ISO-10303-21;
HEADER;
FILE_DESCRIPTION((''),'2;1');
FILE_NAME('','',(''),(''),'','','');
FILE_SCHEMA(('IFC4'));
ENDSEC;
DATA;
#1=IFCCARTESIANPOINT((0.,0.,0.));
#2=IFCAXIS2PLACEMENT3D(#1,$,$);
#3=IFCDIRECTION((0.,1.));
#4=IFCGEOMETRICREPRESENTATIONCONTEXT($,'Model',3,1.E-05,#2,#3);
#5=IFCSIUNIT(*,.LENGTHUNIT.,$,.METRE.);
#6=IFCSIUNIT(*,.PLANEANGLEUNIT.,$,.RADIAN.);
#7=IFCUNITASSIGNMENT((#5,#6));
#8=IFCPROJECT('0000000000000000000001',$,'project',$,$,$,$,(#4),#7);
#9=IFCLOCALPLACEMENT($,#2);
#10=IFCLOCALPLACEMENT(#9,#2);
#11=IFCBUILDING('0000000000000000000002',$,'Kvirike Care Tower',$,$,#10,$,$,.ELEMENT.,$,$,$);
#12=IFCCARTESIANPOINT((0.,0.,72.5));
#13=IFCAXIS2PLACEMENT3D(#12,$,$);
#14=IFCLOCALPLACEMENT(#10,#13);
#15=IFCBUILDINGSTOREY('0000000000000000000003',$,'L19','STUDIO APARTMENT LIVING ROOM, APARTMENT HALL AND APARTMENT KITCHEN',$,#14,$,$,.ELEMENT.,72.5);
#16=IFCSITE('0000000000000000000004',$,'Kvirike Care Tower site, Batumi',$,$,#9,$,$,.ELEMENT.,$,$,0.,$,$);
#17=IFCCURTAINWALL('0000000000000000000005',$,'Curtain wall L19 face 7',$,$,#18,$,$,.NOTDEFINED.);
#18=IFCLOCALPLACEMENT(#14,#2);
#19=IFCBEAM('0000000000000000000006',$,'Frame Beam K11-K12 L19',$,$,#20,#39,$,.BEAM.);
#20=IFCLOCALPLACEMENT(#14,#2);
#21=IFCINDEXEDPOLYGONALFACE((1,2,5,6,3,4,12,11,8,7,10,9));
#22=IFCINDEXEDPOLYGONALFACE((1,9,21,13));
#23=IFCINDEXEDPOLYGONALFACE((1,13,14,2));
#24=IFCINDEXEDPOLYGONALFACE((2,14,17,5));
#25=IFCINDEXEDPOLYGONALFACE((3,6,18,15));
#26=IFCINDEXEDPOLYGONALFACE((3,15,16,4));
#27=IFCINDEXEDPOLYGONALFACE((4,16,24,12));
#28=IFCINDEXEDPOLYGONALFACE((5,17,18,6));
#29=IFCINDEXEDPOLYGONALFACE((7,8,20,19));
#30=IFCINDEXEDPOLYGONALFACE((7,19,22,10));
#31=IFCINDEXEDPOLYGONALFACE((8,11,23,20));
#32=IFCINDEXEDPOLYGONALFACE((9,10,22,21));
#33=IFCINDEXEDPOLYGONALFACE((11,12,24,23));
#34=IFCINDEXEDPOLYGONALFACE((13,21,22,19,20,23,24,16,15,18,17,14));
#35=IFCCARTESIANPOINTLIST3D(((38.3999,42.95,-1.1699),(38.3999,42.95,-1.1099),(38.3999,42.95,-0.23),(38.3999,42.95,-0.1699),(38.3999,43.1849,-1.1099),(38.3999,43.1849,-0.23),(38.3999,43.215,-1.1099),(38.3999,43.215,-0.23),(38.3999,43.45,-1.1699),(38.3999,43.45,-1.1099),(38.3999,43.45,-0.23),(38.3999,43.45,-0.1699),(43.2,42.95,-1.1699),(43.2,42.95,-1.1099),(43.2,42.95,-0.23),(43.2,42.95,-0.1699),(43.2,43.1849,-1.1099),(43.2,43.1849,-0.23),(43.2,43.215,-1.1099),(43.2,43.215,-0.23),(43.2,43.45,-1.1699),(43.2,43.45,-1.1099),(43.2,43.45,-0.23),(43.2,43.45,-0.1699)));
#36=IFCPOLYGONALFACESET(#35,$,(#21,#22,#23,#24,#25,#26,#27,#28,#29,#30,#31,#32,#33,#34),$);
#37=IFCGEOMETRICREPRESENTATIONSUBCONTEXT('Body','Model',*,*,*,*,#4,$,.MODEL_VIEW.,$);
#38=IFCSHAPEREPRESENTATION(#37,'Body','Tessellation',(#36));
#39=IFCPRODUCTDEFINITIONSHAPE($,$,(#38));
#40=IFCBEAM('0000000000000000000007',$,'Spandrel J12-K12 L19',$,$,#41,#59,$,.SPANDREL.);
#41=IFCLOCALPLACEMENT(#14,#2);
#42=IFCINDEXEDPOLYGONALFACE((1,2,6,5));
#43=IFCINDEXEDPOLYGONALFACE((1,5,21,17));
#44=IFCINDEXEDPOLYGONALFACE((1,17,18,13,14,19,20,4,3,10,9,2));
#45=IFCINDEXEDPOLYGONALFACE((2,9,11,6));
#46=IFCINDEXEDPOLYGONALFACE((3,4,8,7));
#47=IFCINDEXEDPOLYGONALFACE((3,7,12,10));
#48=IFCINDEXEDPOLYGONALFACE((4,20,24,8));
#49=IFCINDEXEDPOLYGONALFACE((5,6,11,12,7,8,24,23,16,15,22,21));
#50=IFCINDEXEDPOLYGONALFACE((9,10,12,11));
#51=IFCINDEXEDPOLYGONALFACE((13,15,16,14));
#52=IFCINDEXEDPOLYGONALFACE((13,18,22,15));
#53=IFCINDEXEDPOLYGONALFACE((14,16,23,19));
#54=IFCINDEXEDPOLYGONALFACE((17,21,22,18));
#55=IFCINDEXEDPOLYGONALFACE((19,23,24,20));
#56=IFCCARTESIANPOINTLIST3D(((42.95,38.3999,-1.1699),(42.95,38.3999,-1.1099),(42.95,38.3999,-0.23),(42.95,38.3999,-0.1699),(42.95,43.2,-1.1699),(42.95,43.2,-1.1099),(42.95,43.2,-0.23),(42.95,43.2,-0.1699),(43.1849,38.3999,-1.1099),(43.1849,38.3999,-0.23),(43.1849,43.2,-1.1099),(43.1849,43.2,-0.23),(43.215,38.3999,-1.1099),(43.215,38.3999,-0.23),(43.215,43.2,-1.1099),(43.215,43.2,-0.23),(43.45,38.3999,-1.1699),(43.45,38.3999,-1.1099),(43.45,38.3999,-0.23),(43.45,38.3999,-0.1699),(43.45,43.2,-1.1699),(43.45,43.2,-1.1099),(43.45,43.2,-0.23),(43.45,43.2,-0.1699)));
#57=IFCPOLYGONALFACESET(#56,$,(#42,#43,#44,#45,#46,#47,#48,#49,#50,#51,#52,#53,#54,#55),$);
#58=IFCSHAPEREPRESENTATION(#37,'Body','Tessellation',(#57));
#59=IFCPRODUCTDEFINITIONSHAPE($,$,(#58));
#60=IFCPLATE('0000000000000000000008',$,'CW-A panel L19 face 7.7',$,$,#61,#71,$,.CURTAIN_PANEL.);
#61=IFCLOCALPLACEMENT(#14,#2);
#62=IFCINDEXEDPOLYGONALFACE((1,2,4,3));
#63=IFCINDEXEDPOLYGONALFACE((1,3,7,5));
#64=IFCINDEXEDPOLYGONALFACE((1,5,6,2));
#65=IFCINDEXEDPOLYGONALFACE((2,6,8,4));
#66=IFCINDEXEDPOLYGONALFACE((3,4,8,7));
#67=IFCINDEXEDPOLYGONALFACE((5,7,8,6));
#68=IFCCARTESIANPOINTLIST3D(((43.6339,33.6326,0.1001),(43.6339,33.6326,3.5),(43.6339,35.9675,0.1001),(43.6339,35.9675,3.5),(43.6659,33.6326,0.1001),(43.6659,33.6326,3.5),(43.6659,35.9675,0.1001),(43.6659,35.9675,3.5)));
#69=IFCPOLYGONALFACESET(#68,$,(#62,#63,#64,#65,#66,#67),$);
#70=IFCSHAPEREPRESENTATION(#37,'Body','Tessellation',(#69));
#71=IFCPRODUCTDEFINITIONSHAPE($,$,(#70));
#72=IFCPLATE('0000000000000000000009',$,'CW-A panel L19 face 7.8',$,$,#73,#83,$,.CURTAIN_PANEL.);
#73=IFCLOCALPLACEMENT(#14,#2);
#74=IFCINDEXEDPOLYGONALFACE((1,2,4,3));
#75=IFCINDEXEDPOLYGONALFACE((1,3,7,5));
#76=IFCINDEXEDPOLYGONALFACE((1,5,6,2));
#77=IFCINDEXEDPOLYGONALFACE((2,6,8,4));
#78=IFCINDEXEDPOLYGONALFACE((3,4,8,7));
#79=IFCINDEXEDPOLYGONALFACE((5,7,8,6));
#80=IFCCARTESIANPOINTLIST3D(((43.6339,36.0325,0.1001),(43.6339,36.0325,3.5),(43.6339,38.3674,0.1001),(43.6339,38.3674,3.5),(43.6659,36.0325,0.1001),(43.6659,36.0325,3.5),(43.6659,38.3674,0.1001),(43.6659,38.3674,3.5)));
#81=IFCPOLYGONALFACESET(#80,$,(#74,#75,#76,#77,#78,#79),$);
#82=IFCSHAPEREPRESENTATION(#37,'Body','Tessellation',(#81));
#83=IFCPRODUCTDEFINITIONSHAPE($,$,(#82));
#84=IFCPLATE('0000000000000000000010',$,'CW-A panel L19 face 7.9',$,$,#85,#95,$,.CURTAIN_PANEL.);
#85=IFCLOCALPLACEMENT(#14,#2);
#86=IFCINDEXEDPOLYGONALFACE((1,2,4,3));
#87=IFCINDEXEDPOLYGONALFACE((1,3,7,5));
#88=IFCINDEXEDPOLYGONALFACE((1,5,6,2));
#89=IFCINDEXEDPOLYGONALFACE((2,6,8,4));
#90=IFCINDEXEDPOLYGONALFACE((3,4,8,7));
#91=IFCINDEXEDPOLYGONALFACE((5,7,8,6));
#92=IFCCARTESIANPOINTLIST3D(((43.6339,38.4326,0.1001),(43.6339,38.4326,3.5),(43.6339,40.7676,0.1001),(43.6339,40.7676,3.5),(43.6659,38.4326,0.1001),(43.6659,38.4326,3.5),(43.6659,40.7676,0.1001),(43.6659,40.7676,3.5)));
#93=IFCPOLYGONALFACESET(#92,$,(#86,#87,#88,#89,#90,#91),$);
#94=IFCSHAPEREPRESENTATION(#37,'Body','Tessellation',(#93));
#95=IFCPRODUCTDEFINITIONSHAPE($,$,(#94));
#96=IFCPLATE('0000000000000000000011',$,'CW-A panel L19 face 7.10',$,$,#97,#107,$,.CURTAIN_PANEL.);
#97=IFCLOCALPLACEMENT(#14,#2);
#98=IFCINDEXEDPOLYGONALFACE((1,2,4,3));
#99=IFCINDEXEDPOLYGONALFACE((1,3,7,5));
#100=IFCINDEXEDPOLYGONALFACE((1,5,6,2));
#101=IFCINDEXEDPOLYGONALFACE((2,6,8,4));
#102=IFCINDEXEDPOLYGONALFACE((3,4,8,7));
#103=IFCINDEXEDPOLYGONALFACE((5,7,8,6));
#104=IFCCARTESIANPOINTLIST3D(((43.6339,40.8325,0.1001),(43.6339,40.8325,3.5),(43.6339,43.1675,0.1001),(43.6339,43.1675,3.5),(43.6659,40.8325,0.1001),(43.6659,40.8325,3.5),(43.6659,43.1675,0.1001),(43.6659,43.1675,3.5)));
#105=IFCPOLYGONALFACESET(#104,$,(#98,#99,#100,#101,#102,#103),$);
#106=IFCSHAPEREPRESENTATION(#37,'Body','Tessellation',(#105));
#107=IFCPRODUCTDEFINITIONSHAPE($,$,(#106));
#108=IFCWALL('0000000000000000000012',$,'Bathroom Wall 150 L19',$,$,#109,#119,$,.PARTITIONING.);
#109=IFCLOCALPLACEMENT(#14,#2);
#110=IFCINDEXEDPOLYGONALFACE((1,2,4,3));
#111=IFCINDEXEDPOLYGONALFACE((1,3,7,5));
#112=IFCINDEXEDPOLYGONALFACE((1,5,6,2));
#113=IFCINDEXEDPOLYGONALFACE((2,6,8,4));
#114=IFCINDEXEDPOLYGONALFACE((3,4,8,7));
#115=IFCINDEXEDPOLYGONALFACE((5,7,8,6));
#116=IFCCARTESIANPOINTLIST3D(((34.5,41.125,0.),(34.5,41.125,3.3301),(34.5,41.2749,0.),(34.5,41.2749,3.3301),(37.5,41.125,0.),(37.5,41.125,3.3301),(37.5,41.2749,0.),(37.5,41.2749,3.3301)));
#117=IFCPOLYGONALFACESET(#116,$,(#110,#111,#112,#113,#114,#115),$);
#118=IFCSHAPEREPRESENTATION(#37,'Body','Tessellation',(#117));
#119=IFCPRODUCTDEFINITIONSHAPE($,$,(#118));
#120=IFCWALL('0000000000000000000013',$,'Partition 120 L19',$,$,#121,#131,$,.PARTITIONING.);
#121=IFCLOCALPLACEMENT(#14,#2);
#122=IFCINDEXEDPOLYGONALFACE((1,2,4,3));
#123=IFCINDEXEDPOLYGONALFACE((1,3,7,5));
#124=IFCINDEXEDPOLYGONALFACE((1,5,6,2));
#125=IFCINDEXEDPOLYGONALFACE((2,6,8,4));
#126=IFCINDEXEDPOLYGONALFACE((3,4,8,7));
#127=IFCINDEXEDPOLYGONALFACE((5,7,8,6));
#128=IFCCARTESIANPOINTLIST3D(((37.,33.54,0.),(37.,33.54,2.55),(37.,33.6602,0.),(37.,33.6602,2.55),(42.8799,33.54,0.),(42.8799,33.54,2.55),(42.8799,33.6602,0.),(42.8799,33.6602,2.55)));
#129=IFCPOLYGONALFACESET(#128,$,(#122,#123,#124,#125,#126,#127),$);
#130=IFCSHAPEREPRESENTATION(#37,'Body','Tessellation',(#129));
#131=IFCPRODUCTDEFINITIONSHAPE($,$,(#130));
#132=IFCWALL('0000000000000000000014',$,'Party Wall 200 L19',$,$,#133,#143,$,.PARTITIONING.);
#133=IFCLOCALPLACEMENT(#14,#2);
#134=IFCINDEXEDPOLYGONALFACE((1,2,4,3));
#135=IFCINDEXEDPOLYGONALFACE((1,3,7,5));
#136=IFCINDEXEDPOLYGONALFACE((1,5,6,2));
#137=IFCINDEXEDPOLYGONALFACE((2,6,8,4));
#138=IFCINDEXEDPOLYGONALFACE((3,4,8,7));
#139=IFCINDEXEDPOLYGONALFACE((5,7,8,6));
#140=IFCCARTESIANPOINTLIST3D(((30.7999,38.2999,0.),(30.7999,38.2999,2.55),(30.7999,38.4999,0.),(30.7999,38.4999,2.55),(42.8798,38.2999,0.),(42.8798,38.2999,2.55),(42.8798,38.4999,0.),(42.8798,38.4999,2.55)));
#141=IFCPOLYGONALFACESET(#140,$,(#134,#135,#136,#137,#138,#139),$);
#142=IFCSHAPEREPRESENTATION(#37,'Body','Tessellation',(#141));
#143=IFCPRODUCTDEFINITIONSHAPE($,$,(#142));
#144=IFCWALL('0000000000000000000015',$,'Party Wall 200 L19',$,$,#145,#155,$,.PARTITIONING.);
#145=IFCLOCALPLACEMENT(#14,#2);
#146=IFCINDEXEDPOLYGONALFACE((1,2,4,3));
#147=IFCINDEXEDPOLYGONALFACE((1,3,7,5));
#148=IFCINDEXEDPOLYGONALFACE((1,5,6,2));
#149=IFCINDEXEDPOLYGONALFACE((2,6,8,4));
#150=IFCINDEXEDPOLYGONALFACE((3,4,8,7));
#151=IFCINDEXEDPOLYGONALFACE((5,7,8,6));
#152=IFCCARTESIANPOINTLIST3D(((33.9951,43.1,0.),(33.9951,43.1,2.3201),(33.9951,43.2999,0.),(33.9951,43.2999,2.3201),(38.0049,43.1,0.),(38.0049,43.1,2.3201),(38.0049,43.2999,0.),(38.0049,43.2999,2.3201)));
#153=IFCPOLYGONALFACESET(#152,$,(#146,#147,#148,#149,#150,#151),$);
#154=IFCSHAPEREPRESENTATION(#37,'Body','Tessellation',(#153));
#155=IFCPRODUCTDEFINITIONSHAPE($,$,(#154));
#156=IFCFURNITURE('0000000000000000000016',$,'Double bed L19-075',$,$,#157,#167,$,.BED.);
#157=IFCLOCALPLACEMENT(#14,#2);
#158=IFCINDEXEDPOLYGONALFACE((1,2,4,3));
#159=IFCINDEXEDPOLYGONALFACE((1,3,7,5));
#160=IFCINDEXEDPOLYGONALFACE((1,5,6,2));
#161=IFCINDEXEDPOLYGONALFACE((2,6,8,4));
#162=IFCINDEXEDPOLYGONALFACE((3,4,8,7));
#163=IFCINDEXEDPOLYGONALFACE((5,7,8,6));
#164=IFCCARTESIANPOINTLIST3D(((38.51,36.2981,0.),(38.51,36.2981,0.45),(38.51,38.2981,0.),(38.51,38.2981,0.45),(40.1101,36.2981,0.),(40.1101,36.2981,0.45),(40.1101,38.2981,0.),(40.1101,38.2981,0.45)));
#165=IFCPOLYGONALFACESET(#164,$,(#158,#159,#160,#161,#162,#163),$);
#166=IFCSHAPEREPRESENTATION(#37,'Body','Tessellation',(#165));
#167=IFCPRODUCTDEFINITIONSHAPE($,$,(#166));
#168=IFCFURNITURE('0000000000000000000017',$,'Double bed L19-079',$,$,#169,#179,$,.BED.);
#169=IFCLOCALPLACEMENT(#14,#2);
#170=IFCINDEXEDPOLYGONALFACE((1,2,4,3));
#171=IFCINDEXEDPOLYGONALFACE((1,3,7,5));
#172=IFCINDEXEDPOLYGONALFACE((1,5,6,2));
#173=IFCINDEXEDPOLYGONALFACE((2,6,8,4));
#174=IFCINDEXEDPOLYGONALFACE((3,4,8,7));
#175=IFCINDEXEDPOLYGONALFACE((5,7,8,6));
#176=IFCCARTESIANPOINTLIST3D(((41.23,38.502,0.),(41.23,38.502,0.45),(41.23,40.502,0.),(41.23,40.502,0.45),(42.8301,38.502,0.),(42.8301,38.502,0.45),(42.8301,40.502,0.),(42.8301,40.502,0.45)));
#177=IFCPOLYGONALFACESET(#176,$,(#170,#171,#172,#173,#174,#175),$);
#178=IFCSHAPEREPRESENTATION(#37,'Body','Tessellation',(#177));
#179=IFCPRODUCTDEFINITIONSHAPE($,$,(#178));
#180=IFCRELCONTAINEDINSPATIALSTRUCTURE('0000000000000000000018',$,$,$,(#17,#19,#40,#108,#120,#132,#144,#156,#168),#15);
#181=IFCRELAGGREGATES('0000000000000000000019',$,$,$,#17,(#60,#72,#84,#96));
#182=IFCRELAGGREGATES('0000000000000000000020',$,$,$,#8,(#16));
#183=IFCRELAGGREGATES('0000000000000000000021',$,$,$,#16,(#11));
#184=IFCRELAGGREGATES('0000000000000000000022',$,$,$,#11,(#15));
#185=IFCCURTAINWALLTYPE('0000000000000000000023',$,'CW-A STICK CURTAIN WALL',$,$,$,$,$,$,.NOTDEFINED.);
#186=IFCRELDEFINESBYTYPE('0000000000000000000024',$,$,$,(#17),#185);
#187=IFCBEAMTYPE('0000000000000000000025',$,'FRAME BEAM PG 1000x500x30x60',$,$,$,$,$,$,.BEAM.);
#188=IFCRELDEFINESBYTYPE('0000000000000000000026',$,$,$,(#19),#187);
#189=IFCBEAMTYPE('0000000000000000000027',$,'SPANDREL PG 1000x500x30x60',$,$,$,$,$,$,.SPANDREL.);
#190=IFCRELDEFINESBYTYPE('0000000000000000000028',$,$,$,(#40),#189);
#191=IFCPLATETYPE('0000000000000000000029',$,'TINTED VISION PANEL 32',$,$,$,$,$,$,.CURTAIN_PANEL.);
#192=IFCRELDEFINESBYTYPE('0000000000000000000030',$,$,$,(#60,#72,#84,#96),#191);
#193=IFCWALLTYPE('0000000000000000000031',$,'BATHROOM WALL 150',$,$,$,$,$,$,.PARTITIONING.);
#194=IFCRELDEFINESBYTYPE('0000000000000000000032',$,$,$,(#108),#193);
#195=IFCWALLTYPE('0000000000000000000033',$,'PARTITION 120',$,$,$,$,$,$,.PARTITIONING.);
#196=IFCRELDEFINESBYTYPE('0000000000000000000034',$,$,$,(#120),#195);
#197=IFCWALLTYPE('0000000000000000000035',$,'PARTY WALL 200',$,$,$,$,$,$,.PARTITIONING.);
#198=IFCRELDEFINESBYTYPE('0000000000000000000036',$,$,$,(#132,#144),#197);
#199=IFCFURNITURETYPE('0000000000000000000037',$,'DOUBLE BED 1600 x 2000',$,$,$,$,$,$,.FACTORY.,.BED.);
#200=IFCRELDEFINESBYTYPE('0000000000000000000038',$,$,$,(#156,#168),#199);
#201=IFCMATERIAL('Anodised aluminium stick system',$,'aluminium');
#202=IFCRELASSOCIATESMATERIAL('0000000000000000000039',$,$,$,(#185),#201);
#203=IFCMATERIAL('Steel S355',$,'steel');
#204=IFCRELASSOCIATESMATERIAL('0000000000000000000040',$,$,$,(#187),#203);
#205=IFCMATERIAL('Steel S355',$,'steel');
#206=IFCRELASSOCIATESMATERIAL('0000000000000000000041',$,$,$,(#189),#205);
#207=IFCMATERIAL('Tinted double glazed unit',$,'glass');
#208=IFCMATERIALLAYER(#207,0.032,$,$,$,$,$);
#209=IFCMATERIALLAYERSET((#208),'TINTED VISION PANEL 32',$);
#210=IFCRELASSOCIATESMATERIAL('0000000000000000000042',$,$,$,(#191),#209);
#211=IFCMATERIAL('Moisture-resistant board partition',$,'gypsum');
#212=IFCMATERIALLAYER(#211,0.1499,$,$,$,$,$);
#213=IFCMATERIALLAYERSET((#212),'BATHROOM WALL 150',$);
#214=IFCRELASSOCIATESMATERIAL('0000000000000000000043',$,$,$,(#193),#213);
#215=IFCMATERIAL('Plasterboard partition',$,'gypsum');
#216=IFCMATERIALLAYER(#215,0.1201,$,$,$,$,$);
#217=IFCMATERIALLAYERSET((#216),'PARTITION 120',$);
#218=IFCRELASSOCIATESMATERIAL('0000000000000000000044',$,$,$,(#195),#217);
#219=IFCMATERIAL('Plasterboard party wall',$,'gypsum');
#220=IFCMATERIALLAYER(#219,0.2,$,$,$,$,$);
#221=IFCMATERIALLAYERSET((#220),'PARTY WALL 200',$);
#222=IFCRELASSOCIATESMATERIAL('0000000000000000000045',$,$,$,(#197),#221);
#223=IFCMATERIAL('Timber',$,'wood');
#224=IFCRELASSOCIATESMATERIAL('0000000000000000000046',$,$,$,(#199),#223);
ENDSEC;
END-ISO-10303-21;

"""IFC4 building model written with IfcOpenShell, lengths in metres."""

from ifc_helpers import new_model, si_unit, direction, frame, frame_2d, origin, origin_2d, place, context, subcontext, project, spatial, rectangle, i_section, extrude, material, layer, layer_set, material_profile, profile_set, type_object, element, aggregate, save


model = new_model("IFC4")

# Units and contexts
model_context = context("Model", 3, precision=1e-05, world=origin(), true_north=direction((0.0, 1.0)))
body_context = subcontext(model_context, "Body", "Model", "MODEL_VIEW")
ifc_project = project(units=[si_unit("LENGTHUNIT", "METRE"), si_unit("PLANEANGLEUNIT", "RADIAN")], contexts=[model_context])

# Site, building, storey
site_placement = place(None, origin())
site = spatial("IfcSite", under=ifc_project, at=site_placement, Name="Kvirike Care Tower site, Batumi", CompositionType="ELEMENT", RefElevation=0.0)
building_placement = place(site_placement, origin())
building = spatial("IfcBuilding", under=site, at=building_placement, Name="Kvirike Care Tower", CompositionType="ELEMENT")
storey_placement = place(building_placement, frame((0.0, 0.0, 72.5)))
storey = spatial("IfcBuildingStorey", under=building, at=storey_placement, Name="L19", Description="STUDIO APARTMENT LIVING ROOM, APARTMENT HALL AND APARTMENT KITCHEN", CompositionType="ELEMENT", Elevation=72.5)

# Curtain wall
ifc_material_1 = material(Name="Anodised aluminium stick system", Category="aluminium")
curtain_wall_type = type_object("IfcCurtainWallType", Name="CW-A STICK CURTAIN WALL", PredefinedType="NOTDEFINED", material=ifc_material_1)
curtain_wall_placement = place(storey_placement, origin())
curtain_wall = element("IfcCurtainWall", 1, at=curtain_wall_placement, inside=storey, type_object=curtain_wall_type, Name="Curtain wall L19 face 7", PredefinedType="NOTDEFINED")

# Beams
ifc_material_2 = material(Name="Steel S355", Category="steel")
ifc_material_profile_1 = material_profile(ifc_material_2, i_section(OverallWidth=0.5, OverallDepth=1.0, WebThickness=0.03, FlangeThickness=0.0601, at=origin_2d()), Name="PG 1000x500x30x60")
ifc_profile_set_1 = profile_set([ifc_material_profile_1], Name="Steel S355")
beam_type_1 = type_object("IfcBeamType", Name="FRAME BEAM PG 1000x500x30x60", PredefinedType="BEAM", material=ifc_profile_set_1)
beam_1_placement = place(storey_placement, frame((38.3999, 43.2, -0.6699), z_axis=(1.0, 0.0, 0.0), x_axis=(0.0, 1.0, 0.0)))
element("IfcBeam", 2, at=beam_1_placement, inside=storey, type_object=beam_type_1, Name="Frame Beam K11-K12 L19", PredefinedType="BEAM", context=body_context, shape_type="SweptSolid", body=[
    extrude(i_section(OverallWidth=0.5, OverallDepth=1.0, WebThickness=0.03, FlangeThickness=0.0601, at=origin_2d()), origin(), (0.0, 0.0, 1.0), 4.8),
])
ifc_material_3 = material(Name="Steel S355", Category="steel")
ifc_material_profile_2 = material_profile(ifc_material_3, i_section(OverallWidth=0.5, OverallDepth=1.0, WebThickness=0.03, FlangeThickness=0.0601, at=origin_2d()), Name="PG 1000x500x30x60")
ifc_profile_set_2 = profile_set([ifc_material_profile_2], Name="Steel S355")
beam_type_2 = type_object("IfcBeamType", Name="SPANDREL PG 1000x500x30x60", PredefinedType="SPANDREL", material=ifc_profile_set_2)
beam_2_placement = place(storey_placement, frame((43.2, 38.3999, -0.6699), z_axis=(0.0, 1.0, 0.0), x_axis=(-1.0, 0.0, 0.0)))
element("IfcBeam", 3, at=beam_2_placement, inside=storey, type_object=beam_type_2, Name="Spandrel J12-K12 L19", PredefinedType="SPANDREL", context=body_context, shape_type="SweptSolid", body=[
    extrude(i_section(OverallWidth=0.5, OverallDepth=1.0, WebThickness=0.03, FlangeThickness=0.0601, at=origin_2d()), origin(), (0.0, 0.0, 1.0), 4.8),
])

# Plates
ifc_material_4 = material(Name="Tinted double glazed unit", Category="glass")
ifc_layer_1 = layer(ifc_material_4, 0.032)
ifc_layer_set_1 = layer_set([ifc_layer_1], Name="TINTED VISION PANEL 32")
plate_type = type_object("IfcPlateType", Name="TINTED VISION PANEL 32", PredefinedType="CURTAIN_PANEL", material=ifc_layer_set_1)
plate_1_placement = place(storey_placement, frame((43.6499, 34.8, 0.1001), z_axis=(0.0, 0.0, 1.0), x_axis=(0.0, 1.0, 0.0)))
plate_1 = element("IfcPlate", 4, at=plate_1_placement, type_object=plate_type, Name="CW-A panel L19 face 7.7", PredefinedType="CURTAIN_PANEL", context=body_context, shape_type="SweptSolid", body=[
    extrude(rectangle(XDim=2.335, YDim=0.032, at=origin_2d()), origin(), (0.0, 0.0, 1.0), 3.3999),
])
plate_2_placement = place(storey_placement, frame((43.6499, 37.2, 0.1001), z_axis=(0.0, 0.0, 1.0), x_axis=(0.0, 1.0, 0.0)))
plate_2 = element("IfcPlate", 5, at=plate_2_placement, type_object=plate_type, Name="CW-A panel L19 face 7.8", PredefinedType="CURTAIN_PANEL", context=body_context, shape_type="SweptSolid", body=[
    extrude(rectangle(XDim=2.335, YDim=0.032, at=origin_2d()), origin(), (0.0, 0.0, 1.0), 3.3999),
])
plate_3_placement = place(storey_placement, frame((43.6499, 39.6001, 0.1001), z_axis=(0.0, 0.0, 1.0), x_axis=(0.0, 1.0, 0.0)))
plate_3 = element("IfcPlate", 6, at=plate_3_placement, type_object=plate_type, Name="CW-A panel L19 face 7.9", PredefinedType="CURTAIN_PANEL", context=body_context, shape_type="SweptSolid", body=[
    extrude(rectangle(XDim=2.335, YDim=0.032, at=origin_2d()), origin(), (0.0, 0.0, 1.0), 3.3999),
])
plate_4_placement = place(storey_placement, frame((43.6499, 42.0, 0.1001), z_axis=(0.0, 0.0, 1.0), x_axis=(0.0, 1.0, 0.0)))
plate_4 = element("IfcPlate", 7, at=plate_4_placement, type_object=plate_type, Name="CW-A panel L19 face 7.10", PredefinedType="CURTAIN_PANEL", context=body_context, shape_type="SweptSolid", body=[
    extrude(rectangle(XDim=2.335, YDim=0.032, at=origin_2d()), origin(), (0.0, 0.0, 1.0), 3.3999),
])
aggregate(curtain_wall, [plate_1, plate_2, plate_3, plate_4])

# Walls
ifc_material_5 = material(Name="Moisture-resistant board partition", Category="gypsum")
ifc_layer_2 = layer(ifc_material_5, 0.1499)
ifc_layer_set_2 = layer_set([ifc_layer_2], Name="BATHROOM WALL 150")
wall_type_1 = type_object("IfcWallType", Name="BATHROOM WALL 150", PredefinedType="PARTITIONING", material=ifc_layer_set_2)
wall_1_placement = place(storey_placement, frame((37.5, 41.2, 0.0), z_axis=(0.0, 0.0, 1.0), x_axis=(-1.0, 0.0, 0.0)))
element("IfcWall", 8, at=wall_1_placement, inside=storey, type_object=wall_type_1, Name="Bathroom Wall 150 L19", PredefinedType="PARTITIONING", context=body_context, shape_type="SweptSolid", body=[
    extrude(rectangle(XDim=3.0, YDim=0.1499, at=frame_2d((1.5, 0.0))), origin(), (0.0, 0.0, 1.0), 3.3301),
])
ifc_material_6 = material(Name="Plasterboard partition", Category="gypsum")
ifc_layer_3 = layer(ifc_material_6, 0.1201)
ifc_layer_set_3 = layer_set([ifc_layer_3], Name="PARTITION 120")
wall_type_2 = type_object("IfcWallType", Name="PARTITION 120", PredefinedType="PARTITIONING", material=ifc_layer_set_3)
wall_2_placement = place(storey_placement, frame((42.8799, 33.6001, 0.0), z_axis=(0.0, 0.0, 1.0), x_axis=(-1.0, 0.0, 0.0)))
element("IfcWall", 9, at=wall_2_placement, inside=storey, type_object=wall_type_2, Name="Partition 120 L19", PredefinedType="PARTITIONING", context=body_context, shape_type="SweptSolid", body=[
    extrude(rectangle(XDim=5.8799, YDim=0.1201, at=frame_2d((2.9399, 0.0))), origin(), (0.0, 0.0, 1.0), 2.55),
])
ifc_material_7 = material(Name="Plasterboard party wall", Category="gypsum")
ifc_layer_4 = layer(ifc_material_7, 0.2)
ifc_layer_set_4 = layer_set([ifc_layer_4], Name="PARTY WALL 200")
wall_type_3 = type_object("IfcWallType", Name="PARTY WALL 200", PredefinedType="PARTITIONING", material=ifc_layer_set_4)
wall_3_placement = place(storey_placement, frame((42.8799, 38.3999, 0.0), z_axis=(0.0, 0.0, 1.0), x_axis=(-1.0, 0.0, 0.0)))
element("IfcWall", 10, at=wall_3_placement, inside=storey, type_object=wall_type_3, Name="Party Wall 200 L19", PredefinedType="PARTITIONING", context=body_context, shape_type="SweptSolid", body=[
    extrude(rectangle(XDim=12.0798, YDim=0.2, at=frame_2d((6.04, 0.0))), origin(), (0.0, 0.0, 1.0), 2.55),
])
wall_4_placement = place(storey_placement, frame((38.0049, 43.2, 0.0), z_axis=(0.0, 0.0, 1.0), x_axis=(-1.0, 0.0, 0.0)))
element("IfcWall", 11, at=wall_4_placement, inside=storey, type_object=wall_type_3, Name="Party Wall 200 L19", PredefinedType="PARTITIONING", context=body_context, shape_type="SweptSolid", body=[
    extrude(rectangle(XDim=4.0098, YDim=0.2, at=frame_2d((2.0049, 0.0))), origin(), (0.0, 0.0, 1.0), 2.3201),
])

# Furniture
ifc_material_8 = material(Name="Timber", Category="wood")
furniture_type = type_object("IfcFurnitureType", Name="DOUBLE BED 1600 x 2000", AssemblyPlace="FACTORY", PredefinedType="BED", material=ifc_material_8)
for number, where, z_axis, x_axis, name in (
    (12, (39.3101, 37.2981, 0.0), (0.0, 0.0, 1.0), (1.0, 0.0, 0.0), "Double bed L19-075"),
    (13, (42.03, 39.502, 0.0), (0.0, 0.0, 1.0), (-1.0, 0.0, 0.0), "Double bed L19-079"),
):
    element("IfcFurniture", number, at=place(storey_placement, frame(where, z_axis=z_axis, x_axis=x_axis)), inside=storey, type_object=furniture_type, Name=name, PredefinedType="BED", context=body_context, shape_type="SweptSolid", body=[
        extrude(rectangle(XDim=1.6001, YDim=2.0, at=origin_2d()), origin(), (0.0, 0.0, 1.0), 0.45),
    ])

save(model, "model.ifc")
